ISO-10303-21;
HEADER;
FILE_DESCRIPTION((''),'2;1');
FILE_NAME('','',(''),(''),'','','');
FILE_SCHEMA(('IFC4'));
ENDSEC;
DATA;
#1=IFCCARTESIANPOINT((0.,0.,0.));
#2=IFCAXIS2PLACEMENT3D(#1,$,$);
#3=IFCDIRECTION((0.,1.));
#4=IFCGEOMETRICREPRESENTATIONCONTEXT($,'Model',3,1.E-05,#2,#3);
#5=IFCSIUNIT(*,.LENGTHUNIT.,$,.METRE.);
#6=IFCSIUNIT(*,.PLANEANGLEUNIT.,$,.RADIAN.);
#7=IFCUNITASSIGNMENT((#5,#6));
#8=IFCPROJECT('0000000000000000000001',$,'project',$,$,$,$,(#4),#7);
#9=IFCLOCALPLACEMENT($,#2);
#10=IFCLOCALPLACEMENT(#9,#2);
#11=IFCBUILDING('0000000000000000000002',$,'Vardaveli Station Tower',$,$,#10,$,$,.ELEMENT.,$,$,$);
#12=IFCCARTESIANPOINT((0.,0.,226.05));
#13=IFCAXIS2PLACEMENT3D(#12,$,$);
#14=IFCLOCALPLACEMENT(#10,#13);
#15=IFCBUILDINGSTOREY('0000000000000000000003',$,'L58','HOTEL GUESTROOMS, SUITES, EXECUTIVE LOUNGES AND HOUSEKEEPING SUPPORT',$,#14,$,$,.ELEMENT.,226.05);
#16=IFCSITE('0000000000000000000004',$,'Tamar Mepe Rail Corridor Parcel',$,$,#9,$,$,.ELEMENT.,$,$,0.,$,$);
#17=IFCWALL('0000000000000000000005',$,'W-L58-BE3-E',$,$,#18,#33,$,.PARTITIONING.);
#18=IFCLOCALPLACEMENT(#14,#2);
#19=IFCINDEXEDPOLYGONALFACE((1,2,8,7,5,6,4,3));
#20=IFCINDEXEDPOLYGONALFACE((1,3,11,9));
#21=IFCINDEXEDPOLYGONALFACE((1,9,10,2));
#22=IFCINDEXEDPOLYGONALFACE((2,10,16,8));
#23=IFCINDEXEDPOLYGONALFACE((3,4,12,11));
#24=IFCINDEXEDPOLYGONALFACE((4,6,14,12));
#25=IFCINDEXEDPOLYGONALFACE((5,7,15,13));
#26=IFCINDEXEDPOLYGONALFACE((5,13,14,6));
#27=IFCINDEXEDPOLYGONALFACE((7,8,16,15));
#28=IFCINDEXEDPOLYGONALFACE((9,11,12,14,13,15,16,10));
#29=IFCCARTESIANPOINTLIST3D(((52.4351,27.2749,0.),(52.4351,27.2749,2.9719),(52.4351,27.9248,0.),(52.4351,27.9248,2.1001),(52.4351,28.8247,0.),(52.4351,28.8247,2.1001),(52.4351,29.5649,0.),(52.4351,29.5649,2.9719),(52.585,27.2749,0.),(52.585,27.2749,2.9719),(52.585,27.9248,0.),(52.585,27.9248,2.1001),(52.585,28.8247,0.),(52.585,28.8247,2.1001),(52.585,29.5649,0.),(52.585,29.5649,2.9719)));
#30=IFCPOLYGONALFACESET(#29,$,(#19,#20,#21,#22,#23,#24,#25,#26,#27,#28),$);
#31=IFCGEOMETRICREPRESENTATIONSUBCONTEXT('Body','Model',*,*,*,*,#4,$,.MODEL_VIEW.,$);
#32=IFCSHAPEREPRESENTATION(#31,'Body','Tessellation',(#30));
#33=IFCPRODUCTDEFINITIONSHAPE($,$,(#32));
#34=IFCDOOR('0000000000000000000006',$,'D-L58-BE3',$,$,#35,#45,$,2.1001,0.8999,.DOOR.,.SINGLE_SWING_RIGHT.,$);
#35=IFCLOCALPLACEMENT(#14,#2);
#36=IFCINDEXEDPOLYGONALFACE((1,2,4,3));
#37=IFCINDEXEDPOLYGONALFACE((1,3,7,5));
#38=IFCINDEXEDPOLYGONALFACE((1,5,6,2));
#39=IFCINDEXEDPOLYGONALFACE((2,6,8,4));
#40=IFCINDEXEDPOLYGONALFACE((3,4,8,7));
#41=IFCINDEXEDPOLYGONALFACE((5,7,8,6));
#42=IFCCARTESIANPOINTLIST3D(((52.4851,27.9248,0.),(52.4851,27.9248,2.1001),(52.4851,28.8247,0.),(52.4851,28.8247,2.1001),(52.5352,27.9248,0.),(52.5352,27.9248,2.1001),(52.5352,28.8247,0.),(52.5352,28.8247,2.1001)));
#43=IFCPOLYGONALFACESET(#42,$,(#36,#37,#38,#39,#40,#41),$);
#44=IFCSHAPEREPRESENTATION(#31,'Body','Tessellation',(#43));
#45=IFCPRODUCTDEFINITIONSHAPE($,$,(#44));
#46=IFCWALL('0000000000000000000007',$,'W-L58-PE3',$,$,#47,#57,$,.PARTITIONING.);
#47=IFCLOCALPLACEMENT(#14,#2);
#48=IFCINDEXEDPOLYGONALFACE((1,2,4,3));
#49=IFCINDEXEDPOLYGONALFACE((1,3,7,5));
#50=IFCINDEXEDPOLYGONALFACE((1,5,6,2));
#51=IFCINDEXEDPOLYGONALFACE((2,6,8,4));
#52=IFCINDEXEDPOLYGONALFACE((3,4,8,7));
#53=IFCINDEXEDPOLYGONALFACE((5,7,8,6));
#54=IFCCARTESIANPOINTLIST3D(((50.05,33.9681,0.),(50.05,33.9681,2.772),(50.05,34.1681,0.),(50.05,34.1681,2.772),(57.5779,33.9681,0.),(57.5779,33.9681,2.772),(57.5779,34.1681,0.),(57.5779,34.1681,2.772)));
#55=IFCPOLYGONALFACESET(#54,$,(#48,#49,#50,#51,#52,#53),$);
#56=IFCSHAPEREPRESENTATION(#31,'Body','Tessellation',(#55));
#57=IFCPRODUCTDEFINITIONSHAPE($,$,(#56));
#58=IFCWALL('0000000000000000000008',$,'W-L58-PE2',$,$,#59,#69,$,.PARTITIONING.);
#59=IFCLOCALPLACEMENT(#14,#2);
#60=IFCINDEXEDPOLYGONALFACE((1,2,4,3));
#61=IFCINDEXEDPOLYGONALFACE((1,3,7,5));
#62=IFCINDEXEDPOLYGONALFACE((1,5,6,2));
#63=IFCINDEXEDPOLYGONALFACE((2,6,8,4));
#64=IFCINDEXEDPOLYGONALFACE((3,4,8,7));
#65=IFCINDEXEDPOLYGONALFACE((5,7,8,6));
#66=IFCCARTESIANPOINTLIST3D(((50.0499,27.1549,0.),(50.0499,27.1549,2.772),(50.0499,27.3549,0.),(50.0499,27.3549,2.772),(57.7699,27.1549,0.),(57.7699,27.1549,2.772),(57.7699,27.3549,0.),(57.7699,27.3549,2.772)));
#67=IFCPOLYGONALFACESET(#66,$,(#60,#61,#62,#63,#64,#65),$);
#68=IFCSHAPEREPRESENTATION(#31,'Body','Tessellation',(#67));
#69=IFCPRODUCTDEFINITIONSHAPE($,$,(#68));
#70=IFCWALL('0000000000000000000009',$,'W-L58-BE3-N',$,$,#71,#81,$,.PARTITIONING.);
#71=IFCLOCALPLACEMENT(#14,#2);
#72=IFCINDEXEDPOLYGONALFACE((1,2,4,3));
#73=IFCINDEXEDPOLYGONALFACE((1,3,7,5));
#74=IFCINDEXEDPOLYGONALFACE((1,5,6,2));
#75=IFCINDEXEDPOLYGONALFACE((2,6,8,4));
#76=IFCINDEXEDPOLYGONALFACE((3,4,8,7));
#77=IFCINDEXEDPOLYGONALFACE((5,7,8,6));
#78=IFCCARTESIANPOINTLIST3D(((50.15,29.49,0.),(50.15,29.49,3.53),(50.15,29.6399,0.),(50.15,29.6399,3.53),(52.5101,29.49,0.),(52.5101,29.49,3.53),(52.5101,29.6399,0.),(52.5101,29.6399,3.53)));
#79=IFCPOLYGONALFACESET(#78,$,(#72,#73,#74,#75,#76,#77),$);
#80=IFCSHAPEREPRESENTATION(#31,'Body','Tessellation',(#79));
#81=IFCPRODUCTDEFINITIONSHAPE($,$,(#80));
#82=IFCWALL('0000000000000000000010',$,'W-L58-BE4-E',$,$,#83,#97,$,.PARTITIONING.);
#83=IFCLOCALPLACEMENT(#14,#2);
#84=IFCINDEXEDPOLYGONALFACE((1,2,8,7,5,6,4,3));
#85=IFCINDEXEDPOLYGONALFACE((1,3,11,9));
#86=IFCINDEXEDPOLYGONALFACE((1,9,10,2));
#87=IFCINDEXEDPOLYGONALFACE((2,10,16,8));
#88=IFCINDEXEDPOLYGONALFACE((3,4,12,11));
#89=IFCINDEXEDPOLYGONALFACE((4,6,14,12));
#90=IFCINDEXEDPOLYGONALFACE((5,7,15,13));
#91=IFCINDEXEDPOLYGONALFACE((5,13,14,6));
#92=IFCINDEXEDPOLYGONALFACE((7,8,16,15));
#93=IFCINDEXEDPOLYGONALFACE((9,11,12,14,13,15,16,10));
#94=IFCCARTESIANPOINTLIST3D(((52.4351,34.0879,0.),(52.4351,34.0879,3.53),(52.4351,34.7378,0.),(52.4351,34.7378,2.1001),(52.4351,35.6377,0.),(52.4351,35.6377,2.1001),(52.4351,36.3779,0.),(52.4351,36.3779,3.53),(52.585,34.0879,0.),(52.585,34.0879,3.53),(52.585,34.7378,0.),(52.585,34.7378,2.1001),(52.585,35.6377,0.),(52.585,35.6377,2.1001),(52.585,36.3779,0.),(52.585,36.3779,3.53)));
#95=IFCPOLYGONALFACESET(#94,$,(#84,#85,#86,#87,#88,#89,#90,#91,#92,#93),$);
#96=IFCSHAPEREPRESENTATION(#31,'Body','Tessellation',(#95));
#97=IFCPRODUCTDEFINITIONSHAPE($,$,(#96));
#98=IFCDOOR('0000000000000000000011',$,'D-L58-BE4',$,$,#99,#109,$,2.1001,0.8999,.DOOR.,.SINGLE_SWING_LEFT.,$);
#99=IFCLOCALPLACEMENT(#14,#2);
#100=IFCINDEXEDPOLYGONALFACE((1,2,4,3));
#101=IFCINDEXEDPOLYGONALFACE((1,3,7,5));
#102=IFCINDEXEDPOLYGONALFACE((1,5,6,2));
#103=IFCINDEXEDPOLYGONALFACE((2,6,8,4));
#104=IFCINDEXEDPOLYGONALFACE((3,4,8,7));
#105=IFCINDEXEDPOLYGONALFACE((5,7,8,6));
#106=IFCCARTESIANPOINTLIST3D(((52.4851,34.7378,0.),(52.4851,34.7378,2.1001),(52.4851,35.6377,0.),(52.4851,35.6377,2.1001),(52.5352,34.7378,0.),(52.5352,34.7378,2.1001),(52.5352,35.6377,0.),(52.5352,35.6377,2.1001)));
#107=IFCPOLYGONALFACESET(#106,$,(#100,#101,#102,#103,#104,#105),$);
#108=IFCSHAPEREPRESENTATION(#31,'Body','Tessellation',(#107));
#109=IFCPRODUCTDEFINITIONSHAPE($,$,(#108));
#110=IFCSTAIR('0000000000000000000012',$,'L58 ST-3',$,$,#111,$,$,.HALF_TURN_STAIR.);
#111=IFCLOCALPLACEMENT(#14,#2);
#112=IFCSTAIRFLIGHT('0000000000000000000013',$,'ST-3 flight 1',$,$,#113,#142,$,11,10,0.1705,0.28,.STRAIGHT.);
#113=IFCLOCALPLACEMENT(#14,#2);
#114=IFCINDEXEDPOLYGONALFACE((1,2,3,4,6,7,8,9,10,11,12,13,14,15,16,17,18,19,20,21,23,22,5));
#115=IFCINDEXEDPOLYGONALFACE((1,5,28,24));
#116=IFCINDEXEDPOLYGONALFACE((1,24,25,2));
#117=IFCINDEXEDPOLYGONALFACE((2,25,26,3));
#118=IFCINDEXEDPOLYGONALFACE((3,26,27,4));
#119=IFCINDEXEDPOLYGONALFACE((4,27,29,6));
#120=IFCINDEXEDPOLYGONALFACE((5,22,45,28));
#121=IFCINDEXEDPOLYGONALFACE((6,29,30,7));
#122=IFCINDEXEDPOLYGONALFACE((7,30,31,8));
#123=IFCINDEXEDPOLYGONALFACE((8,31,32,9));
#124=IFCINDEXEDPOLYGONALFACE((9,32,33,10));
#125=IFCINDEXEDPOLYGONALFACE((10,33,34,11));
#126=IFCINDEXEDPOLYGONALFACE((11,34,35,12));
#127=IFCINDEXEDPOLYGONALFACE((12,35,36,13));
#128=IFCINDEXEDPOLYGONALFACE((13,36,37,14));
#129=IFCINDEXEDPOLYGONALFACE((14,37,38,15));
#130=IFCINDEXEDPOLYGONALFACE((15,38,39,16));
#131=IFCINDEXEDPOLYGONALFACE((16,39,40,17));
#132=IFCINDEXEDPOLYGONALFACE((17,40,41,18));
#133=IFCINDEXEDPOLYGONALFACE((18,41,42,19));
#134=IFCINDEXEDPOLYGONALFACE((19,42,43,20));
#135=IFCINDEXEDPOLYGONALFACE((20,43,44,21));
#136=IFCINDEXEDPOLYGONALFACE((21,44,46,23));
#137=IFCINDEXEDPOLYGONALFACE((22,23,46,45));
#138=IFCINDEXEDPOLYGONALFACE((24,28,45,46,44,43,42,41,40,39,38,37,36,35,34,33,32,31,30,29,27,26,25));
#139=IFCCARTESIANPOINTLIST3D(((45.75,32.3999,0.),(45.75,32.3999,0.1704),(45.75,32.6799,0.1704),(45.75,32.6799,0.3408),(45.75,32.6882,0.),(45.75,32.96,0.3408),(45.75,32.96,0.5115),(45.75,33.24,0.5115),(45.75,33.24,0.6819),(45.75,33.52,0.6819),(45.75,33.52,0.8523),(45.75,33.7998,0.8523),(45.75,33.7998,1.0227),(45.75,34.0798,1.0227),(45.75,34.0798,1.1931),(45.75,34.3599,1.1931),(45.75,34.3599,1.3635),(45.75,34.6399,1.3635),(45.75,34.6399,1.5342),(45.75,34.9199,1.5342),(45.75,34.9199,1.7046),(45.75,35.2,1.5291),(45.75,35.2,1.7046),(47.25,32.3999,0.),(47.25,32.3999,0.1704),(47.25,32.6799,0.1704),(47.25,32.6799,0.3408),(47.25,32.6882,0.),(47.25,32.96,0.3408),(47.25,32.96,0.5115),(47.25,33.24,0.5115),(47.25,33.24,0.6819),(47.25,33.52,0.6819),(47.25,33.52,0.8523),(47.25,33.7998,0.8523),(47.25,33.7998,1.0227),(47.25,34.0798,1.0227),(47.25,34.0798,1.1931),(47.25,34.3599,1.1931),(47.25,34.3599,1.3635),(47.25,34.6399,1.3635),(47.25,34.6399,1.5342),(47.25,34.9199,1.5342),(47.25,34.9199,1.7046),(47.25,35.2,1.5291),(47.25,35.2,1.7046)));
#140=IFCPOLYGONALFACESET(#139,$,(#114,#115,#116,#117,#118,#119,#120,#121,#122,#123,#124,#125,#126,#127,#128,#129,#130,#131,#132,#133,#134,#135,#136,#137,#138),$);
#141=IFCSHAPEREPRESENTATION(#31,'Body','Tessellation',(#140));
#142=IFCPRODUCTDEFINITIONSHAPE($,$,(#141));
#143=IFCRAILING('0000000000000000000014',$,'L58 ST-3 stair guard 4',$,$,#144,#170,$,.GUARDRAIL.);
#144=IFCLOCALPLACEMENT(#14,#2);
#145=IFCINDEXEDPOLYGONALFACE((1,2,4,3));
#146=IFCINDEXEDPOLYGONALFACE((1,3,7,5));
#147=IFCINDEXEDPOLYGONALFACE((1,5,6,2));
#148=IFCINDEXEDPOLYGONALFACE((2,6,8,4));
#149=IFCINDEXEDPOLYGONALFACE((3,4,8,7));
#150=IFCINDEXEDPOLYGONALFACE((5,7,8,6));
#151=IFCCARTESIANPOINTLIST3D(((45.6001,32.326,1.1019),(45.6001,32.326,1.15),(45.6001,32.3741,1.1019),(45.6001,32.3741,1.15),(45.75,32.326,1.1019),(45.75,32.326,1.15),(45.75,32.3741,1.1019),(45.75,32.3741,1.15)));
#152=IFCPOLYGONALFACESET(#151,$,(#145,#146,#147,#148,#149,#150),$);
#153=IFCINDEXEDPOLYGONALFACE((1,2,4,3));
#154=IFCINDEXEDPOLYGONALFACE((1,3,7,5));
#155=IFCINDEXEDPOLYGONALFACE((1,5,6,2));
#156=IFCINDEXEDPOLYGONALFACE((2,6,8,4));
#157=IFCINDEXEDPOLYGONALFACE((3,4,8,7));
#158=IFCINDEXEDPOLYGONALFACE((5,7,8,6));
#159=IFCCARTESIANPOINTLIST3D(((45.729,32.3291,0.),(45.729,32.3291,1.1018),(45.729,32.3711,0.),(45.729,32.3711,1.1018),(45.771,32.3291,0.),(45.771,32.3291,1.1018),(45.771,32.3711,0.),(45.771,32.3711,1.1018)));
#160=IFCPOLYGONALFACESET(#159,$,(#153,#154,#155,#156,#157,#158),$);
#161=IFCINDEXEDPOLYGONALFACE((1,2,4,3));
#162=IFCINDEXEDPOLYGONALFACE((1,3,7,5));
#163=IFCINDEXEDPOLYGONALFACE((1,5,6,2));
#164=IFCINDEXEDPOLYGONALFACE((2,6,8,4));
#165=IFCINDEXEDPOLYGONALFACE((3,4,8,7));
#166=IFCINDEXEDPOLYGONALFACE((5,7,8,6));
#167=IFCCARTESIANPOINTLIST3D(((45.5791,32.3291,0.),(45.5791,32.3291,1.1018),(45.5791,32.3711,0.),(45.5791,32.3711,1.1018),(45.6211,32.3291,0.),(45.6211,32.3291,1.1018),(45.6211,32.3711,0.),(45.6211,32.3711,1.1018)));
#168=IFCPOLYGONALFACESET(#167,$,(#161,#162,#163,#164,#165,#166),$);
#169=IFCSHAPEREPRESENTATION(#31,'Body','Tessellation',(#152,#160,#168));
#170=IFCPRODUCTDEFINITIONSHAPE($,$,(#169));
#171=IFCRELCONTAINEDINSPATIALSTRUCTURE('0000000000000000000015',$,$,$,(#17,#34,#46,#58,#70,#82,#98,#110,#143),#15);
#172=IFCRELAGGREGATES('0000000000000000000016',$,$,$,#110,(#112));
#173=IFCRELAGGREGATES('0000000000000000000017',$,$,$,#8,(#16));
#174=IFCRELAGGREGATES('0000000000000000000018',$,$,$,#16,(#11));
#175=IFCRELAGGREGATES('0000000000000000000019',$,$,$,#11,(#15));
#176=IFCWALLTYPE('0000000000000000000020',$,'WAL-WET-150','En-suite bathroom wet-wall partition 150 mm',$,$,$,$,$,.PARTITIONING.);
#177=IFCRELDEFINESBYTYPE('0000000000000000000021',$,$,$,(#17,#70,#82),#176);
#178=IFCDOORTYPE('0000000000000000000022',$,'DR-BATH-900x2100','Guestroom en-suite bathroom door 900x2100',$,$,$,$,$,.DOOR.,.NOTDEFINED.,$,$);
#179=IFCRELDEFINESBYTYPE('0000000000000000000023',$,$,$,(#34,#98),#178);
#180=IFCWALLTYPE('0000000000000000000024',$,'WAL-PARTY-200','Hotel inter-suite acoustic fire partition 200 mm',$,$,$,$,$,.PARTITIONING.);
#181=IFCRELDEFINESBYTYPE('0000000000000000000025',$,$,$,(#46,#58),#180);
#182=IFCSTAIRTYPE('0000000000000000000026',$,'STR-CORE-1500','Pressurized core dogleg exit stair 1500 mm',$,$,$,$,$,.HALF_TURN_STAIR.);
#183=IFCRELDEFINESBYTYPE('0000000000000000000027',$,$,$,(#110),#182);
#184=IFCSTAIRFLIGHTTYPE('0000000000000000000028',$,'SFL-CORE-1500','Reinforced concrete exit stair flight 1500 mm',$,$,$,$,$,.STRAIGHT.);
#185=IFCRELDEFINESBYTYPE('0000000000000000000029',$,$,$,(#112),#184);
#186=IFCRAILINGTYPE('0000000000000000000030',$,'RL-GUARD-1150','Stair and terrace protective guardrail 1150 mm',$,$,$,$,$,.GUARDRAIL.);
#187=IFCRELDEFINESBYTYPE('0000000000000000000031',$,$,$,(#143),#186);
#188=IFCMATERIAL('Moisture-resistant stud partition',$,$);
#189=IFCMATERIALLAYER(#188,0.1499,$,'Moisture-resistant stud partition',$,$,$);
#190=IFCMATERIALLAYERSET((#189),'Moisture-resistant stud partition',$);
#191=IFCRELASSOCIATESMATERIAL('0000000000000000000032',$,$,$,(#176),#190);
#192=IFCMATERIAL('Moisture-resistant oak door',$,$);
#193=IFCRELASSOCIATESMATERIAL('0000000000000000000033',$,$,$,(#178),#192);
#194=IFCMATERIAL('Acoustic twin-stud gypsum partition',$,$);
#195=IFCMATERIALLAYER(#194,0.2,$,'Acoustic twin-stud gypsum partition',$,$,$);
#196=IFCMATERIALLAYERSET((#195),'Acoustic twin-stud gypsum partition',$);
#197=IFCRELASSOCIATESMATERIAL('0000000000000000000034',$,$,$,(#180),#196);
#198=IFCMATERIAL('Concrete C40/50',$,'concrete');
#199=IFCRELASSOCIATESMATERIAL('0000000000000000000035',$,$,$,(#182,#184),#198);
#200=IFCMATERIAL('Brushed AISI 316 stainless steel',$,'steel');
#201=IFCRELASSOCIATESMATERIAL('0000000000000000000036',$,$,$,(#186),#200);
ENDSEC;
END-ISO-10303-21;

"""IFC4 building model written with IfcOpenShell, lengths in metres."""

from ifc_helpers import new_model, si_unit, direction, frame, frame_2d, origin, origin_2d, place, context, subcontext, project, spatial, polyline, rectangle, outline, extrude, source, transform, mapped, material, layer, layer_set, type_object, element, fill, aggregate, save


model = new_model("IFC4")

# Units and contexts
model_context = context("Model", 3, precision=1e-05, world=origin(), true_north=direction((0.0, 1.0)))
body_context = subcontext(model_context, "Body", "Model", "MODEL_VIEW")
ifc_project = project(units=[si_unit("LENGTHUNIT", "METRE"), si_unit("PLANEANGLEUNIT", "RADIAN")], contexts=[model_context])

# Site, building, storey
site_placement = place(None, origin())
site = spatial("IfcSite", under=ifc_project, at=site_placement, Name="Tamar Mepe Rail Corridor Parcel", CompositionType="ELEMENT", RefElevation=0.0)
building_placement = place(site_placement, origin())
building = spatial("IfcBuilding", under=site, at=building_placement, Name="Vardaveli Station Tower", CompositionType="ELEMENT")
storey_placement = place(building_placement, frame((0.0, 0.0, 226.05)))
storey = spatial("IfcBuildingStorey", under=building, at=storey_placement, Name="L58", Description="HOTEL GUESTROOMS, SUITES, EXECUTIVE LOUNGES AND HOUSEKEEPING SUPPORT", CompositionType="ELEMENT", Elevation=226.05)

# Shared definitions
ifc_material_1 = material(Name="Concrete C40/50", Category="concrete")

# Wall, opening, door
ifc_material_2 = material(Name="Moisture-resistant stud partition")
ifc_layer_1 = layer(ifc_material_2, 0.1499, Name="Moisture-resistant stud partition")
ifc_layer_set_1 = layer_set([ifc_layer_1], Name="Moisture-resistant stud partition")
wall_type_1 = type_object("IfcWallType", Name="WAL-WET-150", Description="En-suite bathroom wet-wall partition 150 mm", PredefinedType="PARTITIONING", material=ifc_layer_set_1)
shared_shape_1 = source(origin(), body_context, "Body", "SweptSolid", [
    extrude(rectangle(XDim=2.29, YDim=0.1499, at=frame_2d((1.145, 0.0))), origin(), (0.0, 0.0, 1.0), 2.9719),
])
wall_1_placement = place(storey_placement, frame((52.51, 27.2749, 0.0), z_axis=(0.0, 0.0, 1.0), x_axis=(0.0, 1.0, 0.0)))
wall_1 = element("IfcWall", 1, at=wall_1_placement, inside=storey, type_object=wall_type_1, Name="W-L58-BE3-E", PredefinedType="PARTITIONING", context=body_context, shape_type="MappedRepresentation", body=[
    mapped(shared_shape_1, transform((0.0, 0.0, 0.0), scale=1.0)),
])
shared_shape_2 = source(origin(), body_context, "Body", "SweptSolid", [
    extrude(rectangle(XDim=0.8999, YDim=2.1001, at=frame_2d((0.45, 1.05))), frame((0.0, 0.085, 0.0), z_axis=(0.0, -1.0, 0.0), x_axis=(1.0, 0.0, 0.0)), (0.0, 0.0, 1.0), 0.1699),
])
opening_1_placement = place(wall_1_placement, frame((0.6499, 0.0, 0.0)))
opening_1 = element("IfcOpeningElement", 2, at=opening_1_placement, cuts=wall_1, PredefinedType="OPENING", context=body_context, shape_type="MappedRepresentation", body=[
    mapped(shared_shape_2, transform((0.0, 0.0, 0.0), scale=1.0)),
])
ifc_material_3 = material(Name="Moisture-resistant oak door")
door_type_1 = type_object("IfcDoorType", Name="DR-BATH-900x2100", Description="Guestroom en-suite bathroom door 900x2100", OperationType="NOTDEFINED", PredefinedType="DOOR", material=ifc_material_3)
shared_shape_3 = source(origin(), body_context, "Body", "SweptSolid", [
    extrude(rectangle(XDim=0.8999, YDim=2.1001, at=frame_2d((0.45, 1.05))), frame((0.0, 0.0249, 0.0), z_axis=(0.0, -1.0, 0.0), x_axis=(1.0, 0.0, 0.0)), (0.0, 0.0, 1.0), 0.05),
])
door_1_placement = place(opening_1_placement, origin())
door_1 = element("IfcDoor", 3, at=door_1_placement, inside=storey, type_object=door_type_1, Name="D-L58-BE3", OperationType="SINGLE_SWING_RIGHT", OverallHeight=2.1001, OverallWidth=0.8999, PredefinedType="DOOR", context=body_context, shape_type="MappedRepresentation", body=[
    mapped(shared_shape_3, transform((0.0, 0.0, 0.0), scale=1.0)),
])
fill(opening_1, door_1)

# Walls
ifc_material_4 = material(Name="Acoustic twin-stud gypsum partition")
ifc_layer_2 = layer(ifc_material_4, 0.2, Name="Acoustic twin-stud gypsum partition")
ifc_layer_set_2 = layer_set([ifc_layer_2], Name="Acoustic twin-stud gypsum partition")
wall_type_2 = type_object("IfcWallType", Name="WAL-PARTY-200", Description="Hotel inter-suite acoustic fire partition 200 mm", PredefinedType="PARTITIONING", material=ifc_layer_set_2)
shared_shape_4 = source(origin(), body_context, "Body", "SweptSolid", [
    extrude(rectangle(XDim=7.5278, YDim=0.2, at=frame_2d((3.7639, 0.0))), origin(), (0.0, 0.0, 1.0), 2.772),
])
wall_2_placement = place(storey_placement, frame((50.05, 34.0681, 0.0), z_axis=(0.0, 0.0, 1.0), x_axis=(1.0, 0.0, 0.0)))
element("IfcWall", 4, at=wall_2_placement, inside=storey, type_object=wall_type_2, Name="W-L58-PE3", PredefinedType="PARTITIONING", context=body_context, shape_type="MappedRepresentation", body=[
    mapped(shared_shape_4, transform((0.0, 0.0, 0.0), scale=1.0)),
])
shared_shape_5 = source(origin(), body_context, "Body", "SweptSolid", [
    extrude(rectangle(XDim=7.72, YDim=0.2, at=frame_2d((3.8599, 0.0))), origin(), (0.0, 0.0, 1.0), 2.772),
])
wall_3_placement = place(storey_placement, frame((50.05, 27.2549, 0.0), z_axis=(0.0, 0.0, 1.0), x_axis=(1.0, 0.0, 0.0)))
element("IfcWall", 5, at=wall_3_placement, inside=storey, type_object=wall_type_2, Name="W-L58-PE2", PredefinedType="PARTITIONING", context=body_context, shape_type="MappedRepresentation", body=[
    mapped(shared_shape_5, transform((0.0, 0.0, 0.0), scale=1.0)),
])
shared_shape_6 = source(origin(), body_context, "Body", "SweptSolid", [
    extrude(rectangle(XDim=2.3601, YDim=0.1499, at=frame_2d((1.1802, 0.0))), origin(), (0.0, 0.0, 1.0), 3.53),
])
wall_4_placement = place(storey_placement, frame((50.1499, 29.5649, 0.0), z_axis=(0.0, 0.0, 1.0), x_axis=(1.0, 0.0, 0.0)))
element("IfcWall", 6, at=wall_4_placement, inside=storey, type_object=wall_type_1, Name="W-L58-BE3-N", PredefinedType="PARTITIONING", context=body_context, shape_type="MappedRepresentation", body=[
    mapped(shared_shape_6, transform((0.0, 0.0, 0.0), scale=1.0)),
])

# Wall, opening, door
shared_shape_7 = source(origin(), body_context, "Body", "SweptSolid", [
    extrude(rectangle(XDim=2.29, YDim=0.1499, at=frame_2d((1.145, 0.0))), origin(), (0.0, 0.0, 1.0), 3.53),
])
wall_5_placement = place(storey_placement, frame((52.51, 34.0879, 0.0), z_axis=(0.0, 0.0, 1.0), x_axis=(0.0, 1.0, 0.0)))
wall_5 = element("IfcWall", 7, at=wall_5_placement, inside=storey, type_object=wall_type_1, Name="W-L58-BE4-E", PredefinedType="PARTITIONING", context=body_context, shape_type="MappedRepresentation", body=[
    mapped(shared_shape_7, transform((0.0, 0.0, 0.0), scale=1.0)),
])
opening_2_placement = place(wall_5_placement, frame((0.6499, 0.0, 0.0)))
opening_2 = element("IfcOpeningElement", 8, at=opening_2_placement, cuts=wall_5, PredefinedType="OPENING", context=body_context, shape_type="MappedRepresentation", body=[
    mapped(shared_shape_2, transform((0.0, 0.0, 0.0), scale=1.0)),
])
door_2_placement = place(opening_2_placement, origin())
door_2 = element("IfcDoor", 9, at=door_2_placement, inside=storey, type_object=door_type_1, Name="D-L58-BE4", OperationType="SINGLE_SWING_LEFT", OverallHeight=2.1001, OverallWidth=0.8999, PredefinedType="DOOR", context=body_context, shape_type="MappedRepresentation", body=[
    mapped(shared_shape_3, transform((0.0, 0.0, 0.0), scale=1.0)),
])
fill(opening_2, door_2)

# Stair, stair flight
stair_type = type_object("IfcStairType", Name="STR-CORE-1500", Description="Pressurized core dogleg exit stair 1500 mm", PredefinedType="HALF_TURN_STAIR", material=ifc_material_1)
stair_placement = place(storey_placement, origin())
stair = element("IfcStair", 10, at=stair_placement, inside=storey, type_object=stair_type, Name="L58 ST-3", PredefinedType="HALF_TURN_STAIR")
stair_flight_type = type_object("IfcStairFlightType", Name="SFL-CORE-1500", Description="Reinforced concrete exit stair flight 1500 mm", PredefinedType="STRAIGHT", material=ifc_material_1)
shared_shape_8 = source(origin(), body_context, "Body", "SweptSolid", [
    extrude(outline(polyline([(0.0, 0.0), (0.0, 0.1704), (0.28, 0.1704), (0.28, 0.3408), (0.5601, 0.3408), (0.5601, 0.5115), (0.8401, 0.5115), (0.8401, 0.6819), (1.1201, 0.6819), (1.1201, 0.8523), (1.3999, 0.8523), (1.3999, 1.0227), (1.6799, 1.0227), (1.6799, 1.1931), (1.96, 1.1931), (1.96, 1.3635), (2.24, 1.3635), (2.24, 1.5342), (2.52, 1.5342), (2.52, 1.7046), (2.8, 1.7046), (2.8, 1.875), (2.8, 1.5291), (0.2883, 0.0), (0.0, 0.0)])), frame((0.0, 0.75, 0.0), z_axis=(0.0, -1.0, 0.0), x_axis=(1.0, 0.0, 0.0)), (0.0, 0.0, 1.0), 1.5),
])
stair_flight_placement = place(storey_placement, frame((46.5, 32.3999, 0.0), z_axis=(0.0, 0.0, 1.0), x_axis=(0.0, 1.0, 0.0)))
stair_flight = element("IfcStairFlight", 11, at=stair_flight_placement, type_object=stair_flight_type, Name="ST-3 flight 1", NumberOfRisers=11, NumberOfTreads=10, PredefinedType="STRAIGHT", RiserHeight=0.1705, TreadLength=0.28, context=body_context, shape_type="MappedRepresentation", body=[
    mapped(shared_shape_8, transform((0.0, 0.0, 0.0), scale=1.0)),
])
aggregate(stair, [stair_flight])

# Railing
ifc_material_5 = material(Name="Brushed AISI 316 stainless steel", Category="steel")
railing_type_1 = type_object("IfcRailingType", Name="RL-GUARD-1150", Description="Stair and terrace protective guardrail 1150 mm", PredefinedType="GUARDRAIL", material=ifc_material_5)
shared_shape_9 = source(origin(), body_context, "Body", "SweptSolid", [
    extrude(rectangle(XDim=0.0481, YDim=0.0481, at=origin_2d()), frame((0.0, 0.0, 1.126), z_axis=(-1.0, 0.0, 0.0), x_axis=(0.0, -1.0, 0.0)), (0.0, 0.0, 1.0), 0.1499),
    extrude(rectangle(XDim=0.042, YDim=0.042, at=origin_2d()), origin(), (0.0, 0.0, 1.0), 1.1018),
    extrude(rectangle(XDim=0.042, YDim=0.042, at=origin_2d()), frame((-0.1499, 0.0, 0.0)), (0.0, 0.0, 1.0), 1.1018),
])
railing_1_placement = place(storey_placement, frame((45.75, 32.3501, 0.0)))
element("IfcRailing", 12, at=railing_1_placement, inside=storey, type_object=railing_type_1, Name="L58 ST-3 stair guard 4", PredefinedType="GUARDRAIL", context=body_context, shape_type="MappedRepresentation", body=[
    mapped(shared_shape_9, transform((0.0, 0.0, 0.0), scale=1.0)),
])

save(model, "model.ifc")
